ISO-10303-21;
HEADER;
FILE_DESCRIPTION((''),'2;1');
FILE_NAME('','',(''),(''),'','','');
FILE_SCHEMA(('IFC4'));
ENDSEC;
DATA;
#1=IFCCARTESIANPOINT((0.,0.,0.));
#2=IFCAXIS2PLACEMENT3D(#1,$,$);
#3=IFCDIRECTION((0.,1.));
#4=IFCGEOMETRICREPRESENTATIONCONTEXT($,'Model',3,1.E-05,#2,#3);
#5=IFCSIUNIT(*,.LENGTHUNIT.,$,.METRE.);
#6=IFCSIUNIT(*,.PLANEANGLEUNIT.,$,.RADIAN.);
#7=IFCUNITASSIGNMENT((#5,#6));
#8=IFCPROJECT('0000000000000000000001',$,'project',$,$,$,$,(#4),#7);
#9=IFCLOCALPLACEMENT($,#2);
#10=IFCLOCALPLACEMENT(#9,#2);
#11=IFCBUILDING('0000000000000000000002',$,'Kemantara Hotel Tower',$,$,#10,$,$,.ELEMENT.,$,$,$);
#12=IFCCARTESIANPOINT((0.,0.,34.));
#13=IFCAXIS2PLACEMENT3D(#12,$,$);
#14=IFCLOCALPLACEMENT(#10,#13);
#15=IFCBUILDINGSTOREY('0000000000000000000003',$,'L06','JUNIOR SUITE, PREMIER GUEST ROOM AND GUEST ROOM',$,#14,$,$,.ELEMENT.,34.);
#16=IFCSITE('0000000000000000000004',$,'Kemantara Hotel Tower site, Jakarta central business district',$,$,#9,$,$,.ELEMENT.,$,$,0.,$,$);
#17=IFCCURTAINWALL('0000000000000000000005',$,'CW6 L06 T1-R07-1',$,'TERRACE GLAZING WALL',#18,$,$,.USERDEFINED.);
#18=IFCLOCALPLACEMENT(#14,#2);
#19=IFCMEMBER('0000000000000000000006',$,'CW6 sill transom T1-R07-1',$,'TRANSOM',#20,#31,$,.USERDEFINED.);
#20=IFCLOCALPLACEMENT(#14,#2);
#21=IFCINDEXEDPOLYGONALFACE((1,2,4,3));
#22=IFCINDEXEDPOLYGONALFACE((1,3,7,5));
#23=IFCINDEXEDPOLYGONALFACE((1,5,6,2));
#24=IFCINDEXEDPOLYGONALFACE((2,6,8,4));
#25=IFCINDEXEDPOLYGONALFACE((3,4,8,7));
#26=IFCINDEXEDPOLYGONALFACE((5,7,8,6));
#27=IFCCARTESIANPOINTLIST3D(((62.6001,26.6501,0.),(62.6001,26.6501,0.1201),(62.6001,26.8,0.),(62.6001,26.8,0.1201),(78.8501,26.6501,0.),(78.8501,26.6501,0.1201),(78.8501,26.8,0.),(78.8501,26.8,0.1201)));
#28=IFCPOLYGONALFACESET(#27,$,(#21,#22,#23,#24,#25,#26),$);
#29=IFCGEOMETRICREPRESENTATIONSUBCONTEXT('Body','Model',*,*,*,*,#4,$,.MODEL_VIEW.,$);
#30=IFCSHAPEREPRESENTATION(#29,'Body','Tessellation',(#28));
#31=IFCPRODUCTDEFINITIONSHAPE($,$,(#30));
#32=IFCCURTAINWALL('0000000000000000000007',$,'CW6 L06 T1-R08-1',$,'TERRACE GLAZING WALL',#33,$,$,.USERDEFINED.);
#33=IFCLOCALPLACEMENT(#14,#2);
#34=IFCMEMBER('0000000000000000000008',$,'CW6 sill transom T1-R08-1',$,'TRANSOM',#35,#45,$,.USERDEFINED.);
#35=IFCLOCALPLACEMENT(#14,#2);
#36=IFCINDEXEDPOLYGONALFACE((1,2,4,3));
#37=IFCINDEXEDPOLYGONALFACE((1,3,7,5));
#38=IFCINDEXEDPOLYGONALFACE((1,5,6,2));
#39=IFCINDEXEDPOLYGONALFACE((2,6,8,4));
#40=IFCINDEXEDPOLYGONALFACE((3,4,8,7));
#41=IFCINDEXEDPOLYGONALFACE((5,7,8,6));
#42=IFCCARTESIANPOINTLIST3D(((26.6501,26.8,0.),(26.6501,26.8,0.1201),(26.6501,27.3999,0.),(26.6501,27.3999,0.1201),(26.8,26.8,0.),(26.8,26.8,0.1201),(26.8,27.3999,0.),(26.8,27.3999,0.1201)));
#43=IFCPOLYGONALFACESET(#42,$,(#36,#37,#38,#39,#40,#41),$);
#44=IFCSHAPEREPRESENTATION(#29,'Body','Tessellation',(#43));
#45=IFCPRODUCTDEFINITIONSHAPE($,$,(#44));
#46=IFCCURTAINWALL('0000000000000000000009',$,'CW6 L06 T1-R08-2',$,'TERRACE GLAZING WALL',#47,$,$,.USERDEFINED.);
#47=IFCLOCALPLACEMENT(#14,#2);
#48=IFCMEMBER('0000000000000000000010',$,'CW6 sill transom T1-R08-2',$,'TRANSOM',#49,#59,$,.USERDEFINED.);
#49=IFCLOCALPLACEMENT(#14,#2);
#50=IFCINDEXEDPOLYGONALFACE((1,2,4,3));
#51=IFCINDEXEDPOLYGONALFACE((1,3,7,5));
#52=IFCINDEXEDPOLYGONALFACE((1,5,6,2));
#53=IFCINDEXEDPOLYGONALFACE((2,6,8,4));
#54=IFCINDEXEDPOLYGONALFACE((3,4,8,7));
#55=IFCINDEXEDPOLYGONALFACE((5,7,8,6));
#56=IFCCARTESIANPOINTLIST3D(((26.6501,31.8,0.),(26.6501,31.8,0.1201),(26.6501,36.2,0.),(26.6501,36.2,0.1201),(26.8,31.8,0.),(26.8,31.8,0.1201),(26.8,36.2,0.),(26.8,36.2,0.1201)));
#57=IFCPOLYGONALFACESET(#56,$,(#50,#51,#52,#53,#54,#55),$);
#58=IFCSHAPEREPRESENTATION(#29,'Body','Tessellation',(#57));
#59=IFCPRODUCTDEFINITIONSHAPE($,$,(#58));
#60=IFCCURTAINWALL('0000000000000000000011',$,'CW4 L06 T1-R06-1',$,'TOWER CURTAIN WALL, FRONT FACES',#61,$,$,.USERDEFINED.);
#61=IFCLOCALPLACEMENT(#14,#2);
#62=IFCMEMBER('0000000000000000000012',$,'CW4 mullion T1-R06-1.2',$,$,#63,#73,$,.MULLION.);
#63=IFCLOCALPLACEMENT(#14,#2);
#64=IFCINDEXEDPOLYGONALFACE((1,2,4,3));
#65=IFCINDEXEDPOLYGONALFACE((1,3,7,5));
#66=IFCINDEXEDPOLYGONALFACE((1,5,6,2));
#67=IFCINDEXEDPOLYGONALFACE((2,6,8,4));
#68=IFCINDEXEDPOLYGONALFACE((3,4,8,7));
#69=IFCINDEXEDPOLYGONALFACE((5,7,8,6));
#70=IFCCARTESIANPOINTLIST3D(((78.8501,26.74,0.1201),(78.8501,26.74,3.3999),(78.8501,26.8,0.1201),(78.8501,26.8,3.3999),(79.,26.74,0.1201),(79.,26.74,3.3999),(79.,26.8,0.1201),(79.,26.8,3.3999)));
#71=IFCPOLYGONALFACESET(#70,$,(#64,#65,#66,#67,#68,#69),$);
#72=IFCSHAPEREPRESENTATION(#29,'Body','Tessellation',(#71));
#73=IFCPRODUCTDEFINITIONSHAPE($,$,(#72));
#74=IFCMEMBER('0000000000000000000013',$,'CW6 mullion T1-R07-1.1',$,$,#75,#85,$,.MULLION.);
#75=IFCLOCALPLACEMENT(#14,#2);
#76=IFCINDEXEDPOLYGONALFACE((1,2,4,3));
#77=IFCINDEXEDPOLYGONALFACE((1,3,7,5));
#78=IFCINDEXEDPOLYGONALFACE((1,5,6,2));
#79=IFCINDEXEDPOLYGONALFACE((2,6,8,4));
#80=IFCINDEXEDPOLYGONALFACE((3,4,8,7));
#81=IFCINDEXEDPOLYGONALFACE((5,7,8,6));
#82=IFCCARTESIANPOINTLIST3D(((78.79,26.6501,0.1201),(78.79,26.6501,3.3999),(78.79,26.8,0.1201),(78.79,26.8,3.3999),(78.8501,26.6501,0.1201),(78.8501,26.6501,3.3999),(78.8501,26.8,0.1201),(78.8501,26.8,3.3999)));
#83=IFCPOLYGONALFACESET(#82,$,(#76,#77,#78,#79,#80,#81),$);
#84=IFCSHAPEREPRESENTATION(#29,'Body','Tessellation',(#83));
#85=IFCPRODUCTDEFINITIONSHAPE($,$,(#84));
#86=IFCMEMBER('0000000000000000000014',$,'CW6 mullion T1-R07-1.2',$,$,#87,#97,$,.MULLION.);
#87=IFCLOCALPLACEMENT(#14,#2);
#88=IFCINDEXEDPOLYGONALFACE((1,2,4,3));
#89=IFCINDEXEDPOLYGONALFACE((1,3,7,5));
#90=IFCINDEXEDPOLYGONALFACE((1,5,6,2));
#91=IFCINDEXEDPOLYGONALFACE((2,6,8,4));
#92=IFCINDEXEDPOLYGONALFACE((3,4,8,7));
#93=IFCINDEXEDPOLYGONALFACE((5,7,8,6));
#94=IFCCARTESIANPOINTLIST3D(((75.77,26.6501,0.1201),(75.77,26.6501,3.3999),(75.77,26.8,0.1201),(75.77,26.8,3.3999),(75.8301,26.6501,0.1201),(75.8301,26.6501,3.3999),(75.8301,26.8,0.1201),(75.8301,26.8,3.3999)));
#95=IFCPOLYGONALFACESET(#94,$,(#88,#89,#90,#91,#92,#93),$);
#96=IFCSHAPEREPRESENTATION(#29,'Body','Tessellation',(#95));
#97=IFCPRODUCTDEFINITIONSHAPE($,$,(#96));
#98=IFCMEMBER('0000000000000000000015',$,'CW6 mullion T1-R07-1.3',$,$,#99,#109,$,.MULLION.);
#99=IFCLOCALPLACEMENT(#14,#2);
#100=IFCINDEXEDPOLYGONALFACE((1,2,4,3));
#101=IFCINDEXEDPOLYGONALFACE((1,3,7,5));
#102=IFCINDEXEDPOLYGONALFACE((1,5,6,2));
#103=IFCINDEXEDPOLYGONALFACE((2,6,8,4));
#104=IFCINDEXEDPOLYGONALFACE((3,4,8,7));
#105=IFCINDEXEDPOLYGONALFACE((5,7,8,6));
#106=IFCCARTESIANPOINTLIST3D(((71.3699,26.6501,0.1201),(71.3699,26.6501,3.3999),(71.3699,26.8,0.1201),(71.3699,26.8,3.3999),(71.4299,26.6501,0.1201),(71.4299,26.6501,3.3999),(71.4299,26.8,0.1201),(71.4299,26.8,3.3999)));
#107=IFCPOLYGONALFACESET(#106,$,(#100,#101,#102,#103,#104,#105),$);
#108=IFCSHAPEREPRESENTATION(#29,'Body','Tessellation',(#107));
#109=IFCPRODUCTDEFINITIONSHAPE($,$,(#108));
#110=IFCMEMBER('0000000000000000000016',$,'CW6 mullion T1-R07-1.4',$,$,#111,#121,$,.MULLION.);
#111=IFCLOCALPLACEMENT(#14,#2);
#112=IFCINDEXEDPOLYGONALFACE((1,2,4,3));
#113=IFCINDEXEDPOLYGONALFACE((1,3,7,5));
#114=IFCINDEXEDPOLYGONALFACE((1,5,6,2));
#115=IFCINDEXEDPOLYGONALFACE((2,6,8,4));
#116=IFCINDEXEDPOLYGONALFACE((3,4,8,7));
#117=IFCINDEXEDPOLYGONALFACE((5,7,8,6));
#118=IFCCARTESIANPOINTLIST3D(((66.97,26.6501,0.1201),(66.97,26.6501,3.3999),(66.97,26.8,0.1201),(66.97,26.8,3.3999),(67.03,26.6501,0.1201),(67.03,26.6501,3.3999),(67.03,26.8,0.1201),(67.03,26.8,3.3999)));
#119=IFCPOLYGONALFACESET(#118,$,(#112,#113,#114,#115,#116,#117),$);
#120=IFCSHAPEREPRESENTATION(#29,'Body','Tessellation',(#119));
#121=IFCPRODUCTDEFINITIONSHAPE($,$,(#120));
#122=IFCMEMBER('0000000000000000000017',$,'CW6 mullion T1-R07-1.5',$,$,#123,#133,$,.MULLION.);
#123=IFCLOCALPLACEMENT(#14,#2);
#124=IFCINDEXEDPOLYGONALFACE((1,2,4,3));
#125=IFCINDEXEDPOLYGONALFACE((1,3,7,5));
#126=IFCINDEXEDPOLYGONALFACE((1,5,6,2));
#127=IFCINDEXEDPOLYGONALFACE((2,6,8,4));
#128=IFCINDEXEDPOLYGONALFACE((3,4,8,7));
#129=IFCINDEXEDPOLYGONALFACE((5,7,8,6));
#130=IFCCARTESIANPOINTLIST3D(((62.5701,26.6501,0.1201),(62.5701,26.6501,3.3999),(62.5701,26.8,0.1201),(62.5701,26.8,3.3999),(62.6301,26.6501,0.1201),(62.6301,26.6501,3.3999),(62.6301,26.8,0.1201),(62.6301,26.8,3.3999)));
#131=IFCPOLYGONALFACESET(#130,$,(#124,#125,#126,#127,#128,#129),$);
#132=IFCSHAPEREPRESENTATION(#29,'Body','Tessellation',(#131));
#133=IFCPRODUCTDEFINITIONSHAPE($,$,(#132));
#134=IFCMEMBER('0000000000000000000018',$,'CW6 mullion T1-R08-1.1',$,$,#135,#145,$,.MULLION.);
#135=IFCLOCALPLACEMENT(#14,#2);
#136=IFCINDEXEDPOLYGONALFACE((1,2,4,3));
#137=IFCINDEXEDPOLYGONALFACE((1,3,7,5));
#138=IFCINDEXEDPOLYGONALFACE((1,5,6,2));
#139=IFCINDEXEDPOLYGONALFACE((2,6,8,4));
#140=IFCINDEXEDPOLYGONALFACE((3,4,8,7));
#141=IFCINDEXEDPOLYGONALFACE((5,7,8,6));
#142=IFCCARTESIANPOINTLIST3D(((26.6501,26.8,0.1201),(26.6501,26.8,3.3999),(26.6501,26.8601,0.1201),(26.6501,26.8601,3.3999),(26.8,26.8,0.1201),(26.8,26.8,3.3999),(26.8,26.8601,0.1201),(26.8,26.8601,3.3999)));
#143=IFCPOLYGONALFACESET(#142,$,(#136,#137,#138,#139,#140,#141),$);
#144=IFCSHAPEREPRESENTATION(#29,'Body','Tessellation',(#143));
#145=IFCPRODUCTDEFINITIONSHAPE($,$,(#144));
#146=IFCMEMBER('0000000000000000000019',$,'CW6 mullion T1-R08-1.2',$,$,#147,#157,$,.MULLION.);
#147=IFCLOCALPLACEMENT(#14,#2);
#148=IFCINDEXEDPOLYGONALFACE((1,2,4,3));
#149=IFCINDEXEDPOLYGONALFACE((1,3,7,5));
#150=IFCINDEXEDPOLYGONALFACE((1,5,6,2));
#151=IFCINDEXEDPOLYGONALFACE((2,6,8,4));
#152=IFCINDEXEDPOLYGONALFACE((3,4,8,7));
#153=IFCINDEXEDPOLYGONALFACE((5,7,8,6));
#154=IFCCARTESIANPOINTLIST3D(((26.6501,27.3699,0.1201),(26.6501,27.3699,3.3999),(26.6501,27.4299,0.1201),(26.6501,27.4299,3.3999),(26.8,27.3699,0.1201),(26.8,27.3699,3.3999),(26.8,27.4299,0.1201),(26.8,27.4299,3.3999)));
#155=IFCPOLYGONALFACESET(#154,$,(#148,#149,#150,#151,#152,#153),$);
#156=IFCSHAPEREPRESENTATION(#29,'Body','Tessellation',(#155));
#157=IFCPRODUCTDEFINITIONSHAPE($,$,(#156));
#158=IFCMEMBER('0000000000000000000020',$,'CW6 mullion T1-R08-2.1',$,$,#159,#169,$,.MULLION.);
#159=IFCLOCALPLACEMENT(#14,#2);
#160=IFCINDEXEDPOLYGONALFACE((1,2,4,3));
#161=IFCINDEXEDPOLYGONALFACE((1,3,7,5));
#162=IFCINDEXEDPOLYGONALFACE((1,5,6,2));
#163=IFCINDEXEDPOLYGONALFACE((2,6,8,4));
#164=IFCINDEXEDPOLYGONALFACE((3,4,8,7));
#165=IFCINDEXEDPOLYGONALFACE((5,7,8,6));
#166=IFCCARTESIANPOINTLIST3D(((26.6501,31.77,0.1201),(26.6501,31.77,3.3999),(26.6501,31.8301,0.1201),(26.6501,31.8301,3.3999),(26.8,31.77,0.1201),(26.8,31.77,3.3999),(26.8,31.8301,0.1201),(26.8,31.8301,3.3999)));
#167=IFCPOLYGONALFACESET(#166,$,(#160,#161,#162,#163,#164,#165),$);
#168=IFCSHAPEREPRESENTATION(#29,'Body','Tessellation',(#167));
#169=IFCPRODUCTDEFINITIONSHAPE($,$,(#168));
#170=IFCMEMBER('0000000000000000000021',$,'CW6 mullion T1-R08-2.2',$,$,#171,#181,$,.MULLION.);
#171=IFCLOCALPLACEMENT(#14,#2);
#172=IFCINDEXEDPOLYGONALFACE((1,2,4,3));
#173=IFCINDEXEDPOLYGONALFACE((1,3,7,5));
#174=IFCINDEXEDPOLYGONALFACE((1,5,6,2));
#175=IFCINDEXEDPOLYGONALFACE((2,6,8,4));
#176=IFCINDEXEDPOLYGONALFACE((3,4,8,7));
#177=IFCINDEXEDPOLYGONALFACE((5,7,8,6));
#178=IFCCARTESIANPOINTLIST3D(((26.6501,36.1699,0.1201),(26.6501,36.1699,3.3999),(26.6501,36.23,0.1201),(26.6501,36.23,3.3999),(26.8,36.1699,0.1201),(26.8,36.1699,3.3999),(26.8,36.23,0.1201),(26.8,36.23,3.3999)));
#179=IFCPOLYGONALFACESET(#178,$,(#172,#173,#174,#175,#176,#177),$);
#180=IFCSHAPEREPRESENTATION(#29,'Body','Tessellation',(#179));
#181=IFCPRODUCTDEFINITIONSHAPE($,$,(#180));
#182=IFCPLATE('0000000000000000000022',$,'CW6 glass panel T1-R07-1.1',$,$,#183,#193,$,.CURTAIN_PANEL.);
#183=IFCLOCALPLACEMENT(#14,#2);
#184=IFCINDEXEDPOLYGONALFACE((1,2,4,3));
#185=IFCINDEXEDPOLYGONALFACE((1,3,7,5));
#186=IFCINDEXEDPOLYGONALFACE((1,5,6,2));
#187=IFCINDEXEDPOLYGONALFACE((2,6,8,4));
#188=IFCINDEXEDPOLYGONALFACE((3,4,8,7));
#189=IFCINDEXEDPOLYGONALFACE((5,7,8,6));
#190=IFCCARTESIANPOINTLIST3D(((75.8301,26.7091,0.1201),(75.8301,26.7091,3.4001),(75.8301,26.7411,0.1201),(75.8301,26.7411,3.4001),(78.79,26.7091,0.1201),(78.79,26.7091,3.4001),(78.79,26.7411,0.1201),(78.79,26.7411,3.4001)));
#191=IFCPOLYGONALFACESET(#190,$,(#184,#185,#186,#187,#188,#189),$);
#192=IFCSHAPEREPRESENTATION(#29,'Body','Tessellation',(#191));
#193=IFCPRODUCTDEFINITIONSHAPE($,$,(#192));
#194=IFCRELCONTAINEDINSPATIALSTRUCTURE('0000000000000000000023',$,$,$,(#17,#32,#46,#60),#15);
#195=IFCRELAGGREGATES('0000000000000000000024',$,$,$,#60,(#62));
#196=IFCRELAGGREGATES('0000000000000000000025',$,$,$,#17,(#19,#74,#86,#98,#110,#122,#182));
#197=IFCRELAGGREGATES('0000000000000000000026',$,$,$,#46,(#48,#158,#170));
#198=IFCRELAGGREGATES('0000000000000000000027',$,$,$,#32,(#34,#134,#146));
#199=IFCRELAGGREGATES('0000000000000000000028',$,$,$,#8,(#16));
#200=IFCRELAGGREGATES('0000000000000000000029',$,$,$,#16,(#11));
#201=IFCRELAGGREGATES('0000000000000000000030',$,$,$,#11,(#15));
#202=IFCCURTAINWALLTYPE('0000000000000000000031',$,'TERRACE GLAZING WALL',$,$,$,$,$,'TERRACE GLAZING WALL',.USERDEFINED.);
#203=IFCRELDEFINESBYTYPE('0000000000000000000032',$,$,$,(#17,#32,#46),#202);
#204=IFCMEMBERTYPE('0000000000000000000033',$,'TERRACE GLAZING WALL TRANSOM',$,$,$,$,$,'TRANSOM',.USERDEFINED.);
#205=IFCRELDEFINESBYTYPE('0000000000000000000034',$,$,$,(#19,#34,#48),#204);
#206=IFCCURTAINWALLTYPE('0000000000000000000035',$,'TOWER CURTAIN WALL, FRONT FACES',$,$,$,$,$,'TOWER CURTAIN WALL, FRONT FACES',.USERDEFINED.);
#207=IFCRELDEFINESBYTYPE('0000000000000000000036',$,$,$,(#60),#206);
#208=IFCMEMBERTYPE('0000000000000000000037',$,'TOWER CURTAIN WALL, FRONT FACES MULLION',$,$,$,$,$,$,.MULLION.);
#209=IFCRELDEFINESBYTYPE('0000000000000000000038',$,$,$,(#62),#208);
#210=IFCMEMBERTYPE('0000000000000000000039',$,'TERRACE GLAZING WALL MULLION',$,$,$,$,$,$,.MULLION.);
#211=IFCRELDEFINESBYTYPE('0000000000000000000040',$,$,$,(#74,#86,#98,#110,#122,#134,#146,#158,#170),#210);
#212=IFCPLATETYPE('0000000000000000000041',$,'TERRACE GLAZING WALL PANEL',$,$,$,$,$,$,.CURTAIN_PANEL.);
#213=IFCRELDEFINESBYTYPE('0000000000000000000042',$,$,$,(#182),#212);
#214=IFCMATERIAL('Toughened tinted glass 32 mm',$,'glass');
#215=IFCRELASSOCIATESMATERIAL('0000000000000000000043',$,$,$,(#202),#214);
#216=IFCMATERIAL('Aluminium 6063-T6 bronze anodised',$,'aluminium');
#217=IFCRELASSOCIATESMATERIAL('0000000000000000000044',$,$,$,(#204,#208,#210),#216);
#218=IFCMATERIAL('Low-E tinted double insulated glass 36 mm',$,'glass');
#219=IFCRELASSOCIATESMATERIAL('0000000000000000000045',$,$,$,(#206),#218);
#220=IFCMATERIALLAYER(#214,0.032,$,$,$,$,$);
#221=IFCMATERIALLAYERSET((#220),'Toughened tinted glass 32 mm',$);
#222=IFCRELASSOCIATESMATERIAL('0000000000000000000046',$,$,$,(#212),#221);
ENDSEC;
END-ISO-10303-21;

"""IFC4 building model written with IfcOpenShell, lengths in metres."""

from ifc_helpers import new_model, si_unit, direction, frame, origin, origin_2d, place, context, subcontext, project, spatial, rectangle, extrude, source, transform, mapped, material, layer, layer_set, material_profile, profile_set, type_object, element, aggregate, save


model = new_model("IFC4")

# Units and contexts
model_context = context("Model", 3, precision=1e-05, world=origin(), true_north=direction((0.0, 1.0)))
body_context = subcontext(model_context, "Body", "Model", "MODEL_VIEW")
ifc_project = project(units=[si_unit("LENGTHUNIT", "METRE"), si_unit("PLANEANGLEUNIT", "RADIAN")], contexts=[model_context])

# Site, building, storey
site_placement = place(None, origin())
site = spatial("IfcSite", under=ifc_project, at=site_placement, Name="Kemantara Hotel Tower site, Jakarta central business district", CompositionType="ELEMENT", RefElevation=0.0)
building_placement = place(site_placement, origin())
building = spatial("IfcBuilding", under=site, at=building_placement, Name="Kemantara Hotel Tower", CompositionType="ELEMENT")
storey_placement = place(building_placement, frame((0.0, 0.0, 34.0)))
storey = spatial("IfcBuildingStorey", under=building, at=storey_placement, Name="L06", Description="JUNIOR SUITE, PREMIER GUEST ROOM AND GUEST ROOM", CompositionType="ELEMENT", Elevation=34.0)

# Curtain walls, members
ifc_material_1 = material(Name="Toughened tinted glass 32 mm", Category="glass")
curtain_wall_type_1 = type_object("IfcCurtainWallType", Name="TERRACE GLAZING WALL", ElementType="TERRACE GLAZING WALL", PredefinedType="USERDEFINED", material=ifc_material_1)
curtain_wall_1_placement = place(storey_placement, origin())
curtain_wall_1 = element("IfcCurtainWall", 1, at=curtain_wall_1_placement, inside=storey, type_object=curtain_wall_type_1, Name="CW6 L06 T1-R07-1", ObjectType="TERRACE GLAZING WALL", PredefinedType="USERDEFINED")
ifc_material_2 = material(Name="Aluminium 6063-T6 bronze anodised", Category="aluminium")
ifc_material_profile_1 = material_profile(ifc_material_2, rectangle(XDim=0.1499, YDim=0.1201, at=origin_2d()), Name="TERRACE GLAZING WALL TRANSOM")
ifc_profile_set_1 = profile_set([ifc_material_profile_1], Name="Aluminium 6063-T6 bronze anodised")
member_type_1 = type_object("IfcMemberType", Name="TERRACE GLAZING WALL TRANSOM", ElementType="TRANSOM", PredefinedType="USERDEFINED", material=ifc_profile_set_1)
member_1_placement = place(storey_placement, frame((78.8501, 26.7251, 0.0601), z_axis=(-1.0, 0.0, 0.0), x_axis=(0.0, -1.0, 0.0)))
member_1 = element("IfcMember", 2, at=member_1_placement, type_object=member_type_1, Name="CW6 sill transom T1-R07-1", ObjectType="TRANSOM", PredefinedType="USERDEFINED", context=body_context, shape_type="SweptSolid", body=[
    extrude(rectangle(XDim=0.1499, YDim=0.1201, at=origin_2d()), origin(), (0.0, 0.0, 1.0), 16.25),
])
curtain_wall_2_placement = place(storey_placement, origin())
curtain_wall_2 = element("IfcCurtainWall", 3, at=curtain_wall_2_placement, inside=storey, type_object=curtain_wall_type_1, Name="CW6 L06 T1-R08-1", ObjectType="TERRACE GLAZING WALL", PredefinedType="USERDEFINED")
member_2_placement = place(storey_placement, frame((26.7251, 26.8, 0.0601), z_axis=(0.0, 1.0, 0.0), x_axis=(-1.0, 0.0, 0.0)))
member_2 = element("IfcMember", 4, at=member_2_placement, type_object=member_type_1, Name="CW6 sill transom T1-R08-1", ObjectType="TRANSOM", PredefinedType="USERDEFINED", context=body_context, shape_type="SweptSolid", body=[
    extrude(rectangle(XDim=0.1499, YDim=0.1201, at=origin_2d()), origin(), (0.0, 0.0, 1.0), 0.5999),
])
curtain_wall_3_placement = place(storey_placement, origin())
curtain_wall_3 = element("IfcCurtainWall", 5, at=curtain_wall_3_placement, inside=storey, type_object=curtain_wall_type_1, Name="CW6 L06 T1-R08-2", ObjectType="TERRACE GLAZING WALL", PredefinedType="USERDEFINED")
member_3_placement = place(storey_placement, frame((26.7251, 31.8, 0.0601), z_axis=(0.0, 1.0, 0.0), x_axis=(-1.0, 0.0, 0.0)))
member_3 = element("IfcMember", 6, at=member_3_placement, type_object=member_type_1, Name="CW6 sill transom T1-R08-2", ObjectType="TRANSOM", PredefinedType="USERDEFINED", context=body_context, shape_type="SweptSolid", body=[
    extrude(rectangle(XDim=0.1499, YDim=0.1201, at=origin_2d()), origin(), (0.0, 0.0, 1.0), 4.3999),
])
ifc_material_3 = material(Name="Low-E tinted double insulated glass 36 mm", Category="glass")
curtain_wall_type_2 = type_object("IfcCurtainWallType", Name="TOWER CURTAIN WALL, FRONT FACES", ElementType="TOWER CURTAIN WALL, FRONT FACES", PredefinedType="USERDEFINED", material=ifc_material_3)
curtain_wall_4_placement = place(storey_placement, origin())
curtain_wall_4 = element("IfcCurtainWall", 7, at=curtain_wall_4_placement, inside=storey, type_object=curtain_wall_type_2, Name="CW4 L06 T1-R06-1", ObjectType="TOWER CURTAIN WALL, FRONT FACES", PredefinedType="USERDEFINED")
ifc_material_profile_2 = material_profile(ifc_material_2, rectangle(XDim=0.1499, YDim=0.0601, at=origin_2d()), Name="TOWER CURTAIN WALL, FRONT FACES MULLION")
ifc_profile_set_2 = profile_set([ifc_material_profile_2], Name="Aluminium 6063-T6 bronze anodised")
member_type_2 = type_object("IfcMemberType", Name="TOWER CURTAIN WALL, FRONT FACES MULLION", PredefinedType="MULLION", material=ifc_profile_set_2)
shared_shape_1 = source(origin(), body_context, "Body", "SweptSolid", [
    extrude(rectangle(XDim=0.1499, YDim=0.0601, at=origin_2d()), origin(), (0.0, 0.0, 1.0), 3.2798),
])
member_4_placement = place(storey_placement, frame((78.925, 26.77, 0.1201), z_axis=(0.0, 0.0, 1.0), x_axis=(-1.0, 0.0, 0.0)))
member_4 = element("IfcMember", 8, at=member_4_placement, type_object=member_type_2, Name="CW4 mullion T1-R06-1.2", PredefinedType="MULLION", context=body_context, shape_type="MappedRepresentation", body=[
    mapped(shared_shape_1, transform((0.0, 0.0, 0.0))),
])
aggregate(curtain_wall_4, [member_4])

# Members
ifc_material_profile_3 = material_profile(ifc_material_2, rectangle(XDim=0.1499, YDim=0.0601, at=origin_2d()), Name="TERRACE GLAZING WALL MULLION")
ifc_profile_set_3 = profile_set([ifc_material_profile_3], Name="Aluminium 6063-T6 bronze anodised")
member_type_3 = type_object("IfcMemberType", Name="TERRACE GLAZING WALL MULLION", PredefinedType="MULLION", material=ifc_profile_set_3)
shared_shape_2 = source(origin(), body_context, "Body", "SweptSolid", [
    extrude(rectangle(XDim=0.1499, YDim=0.0601, at=origin_2d()), origin(), (0.0, 0.0, 1.0), 3.2798),
])
member_5_placement = place(storey_placement, frame((78.8201, 26.7251, 0.1201), z_axis=(0.0, 0.0, 1.0), x_axis=(0.0, -1.0, 0.0)))
member_5 = element("IfcMember", 9, at=member_5_placement, type_object=member_type_3, Name="CW6 mullion T1-R07-1.1", PredefinedType="MULLION", context=body_context, shape_type="MappedRepresentation", body=[
    mapped(shared_shape_2, transform((0.0, 0.0, 0.0))),
])
member_6_placement = place(storey_placement, frame((75.8, 26.7251, 0.1201), z_axis=(0.0, 0.0, 1.0), x_axis=(0.0, -1.0, 0.0)))
member_6 = element("IfcMember", 10, at=member_6_placement, type_object=member_type_3, Name="CW6 mullion T1-R07-1.2", PredefinedType="MULLION", context=body_context, shape_type="MappedRepresentation", body=[
    mapped(shared_shape_2, transform((0.0, 0.0, 0.0))),
])
member_7_placement = place(storey_placement, frame((71.3999, 26.7251, 0.1201), z_axis=(0.0, 0.0, 1.0), x_axis=(0.0, -1.0, 0.0)))
member_7 = element("IfcMember", 11, at=member_7_placement, type_object=member_type_3, Name="CW6 mullion T1-R07-1.3", PredefinedType="MULLION", context=body_context, shape_type="MappedRepresentation", body=[
    mapped(shared_shape_2, transform((0.0, 0.0, 0.0))),
])
member_8_placement = place(storey_placement, frame((67.0, 26.7251, 0.1201), z_axis=(0.0, 0.0, 1.0), x_axis=(0.0, -1.0, 0.0)))
member_8 = element("IfcMember", 12, at=member_8_placement, type_object=member_type_3, Name="CW6 mullion T1-R07-1.4", PredefinedType="MULLION", context=body_context, shape_type="MappedRepresentation", body=[
    mapped(shared_shape_2, transform((0.0, 0.0, 0.0))),
])
member_9_placement = place(storey_placement, frame((62.6001, 26.7251, 0.1201), z_axis=(0.0, 0.0, 1.0), x_axis=(0.0, -1.0, 0.0)))
member_9 = element("IfcMember", 13, at=member_9_placement, type_object=member_type_3, Name="CW6 mullion T1-R07-1.5", PredefinedType="MULLION", context=body_context, shape_type="MappedRepresentation", body=[
    mapped(shared_shape_2, transform((0.0, 0.0, 0.0))),
])
member_10_placement = place(storey_placement, frame((26.7251, 26.8301, 0.1201), z_axis=(0.0, 0.0, 1.0), x_axis=(-1.0, 0.0, 0.0)))
member_10 = element("IfcMember", 14, at=member_10_placement, type_object=member_type_3, Name="CW6 mullion T1-R08-1.1", PredefinedType="MULLION", context=body_context, shape_type="MappedRepresentation", body=[
    mapped(shared_shape_2, transform((0.0, 0.0, 0.0))),
])
member_11_placement = place(storey_placement, frame((26.7251, 27.3999, 0.1201), z_axis=(0.0, 0.0, 1.0), x_axis=(-1.0, 0.0, 0.0)))
member_11 = element("IfcMember", 15, at=member_11_placement, type_object=member_type_3, Name="CW6 mullion T1-R08-1.2", PredefinedType="MULLION", context=body_context, shape_type="MappedRepresentation", body=[
    mapped(shared_shape_2, transform((0.0, 0.0, 0.0))),
])
member_12_placement = place(storey_placement, frame((26.7251, 31.8, 0.1201), z_axis=(0.0, 0.0, 1.0), x_axis=(-1.0, 0.0, 0.0)))
member_12 = element("IfcMember", 16, at=member_12_placement, type_object=member_type_3, Name="CW6 mullion T1-R08-2.1", PredefinedType="MULLION", context=body_context, shape_type="MappedRepresentation", body=[
    mapped(shared_shape_2, transform((0.0, 0.0, 0.0))),
])
member_13_placement = place(storey_placement, frame((26.7251, 36.2, 0.1201), z_axis=(0.0, 0.0, 1.0), x_axis=(-1.0, 0.0, 0.0)))
member_13 = element("IfcMember", 17, at=member_13_placement, type_object=member_type_3, Name="CW6 mullion T1-R08-2.2", PredefinedType="MULLION", context=body_context, shape_type="MappedRepresentation", body=[
    mapped(shared_shape_2, transform((0.0, 0.0, 0.0))),
])

# Plate
ifc_layer_1 = layer(ifc_material_1, 0.032)
ifc_layer_set_1 = layer_set([ifc_layer_1], Name="Toughened tinted glass 32 mm")
plate_type = type_object("IfcPlateType", Name="TERRACE GLAZING WALL PANEL", PredefinedType="CURTAIN_PANEL", material=ifc_layer_set_1)
shared_shape_3 = source(origin(), body_context, "Body", "SweptSolid", [
    extrude(rectangle(XDim=2.96, YDim=0.032, at=origin_2d()), origin(), (0.0, 0.0, 1.0), 3.28),
])
plate_1_placement = place(storey_placement, frame((77.3101, 26.7251, 0.1201), z_axis=(0.0, 0.0, 1.0), x_axis=(-1.0, 0.0, 0.0)))
plate_1 = element("IfcPlate", 18, at=plate_1_placement, type_object=plate_type, Name="CW6 glass panel T1-R07-1.1", PredefinedType="CURTAIN_PANEL", context=body_context, shape_type="MappedRepresentation", body=[
    mapped(shared_shape_3, transform((0.0, 0.0, 0.0))),
])
aggregate(curtain_wall_1, [member_1, member_5, member_6, member_7, member_8, member_9, plate_1])
aggregate(curtain_wall_3, [member_3, member_12, member_13])
aggregate(curtain_wall_2, [member_2, member_10, member_11])

save(model, "model.ifc")
